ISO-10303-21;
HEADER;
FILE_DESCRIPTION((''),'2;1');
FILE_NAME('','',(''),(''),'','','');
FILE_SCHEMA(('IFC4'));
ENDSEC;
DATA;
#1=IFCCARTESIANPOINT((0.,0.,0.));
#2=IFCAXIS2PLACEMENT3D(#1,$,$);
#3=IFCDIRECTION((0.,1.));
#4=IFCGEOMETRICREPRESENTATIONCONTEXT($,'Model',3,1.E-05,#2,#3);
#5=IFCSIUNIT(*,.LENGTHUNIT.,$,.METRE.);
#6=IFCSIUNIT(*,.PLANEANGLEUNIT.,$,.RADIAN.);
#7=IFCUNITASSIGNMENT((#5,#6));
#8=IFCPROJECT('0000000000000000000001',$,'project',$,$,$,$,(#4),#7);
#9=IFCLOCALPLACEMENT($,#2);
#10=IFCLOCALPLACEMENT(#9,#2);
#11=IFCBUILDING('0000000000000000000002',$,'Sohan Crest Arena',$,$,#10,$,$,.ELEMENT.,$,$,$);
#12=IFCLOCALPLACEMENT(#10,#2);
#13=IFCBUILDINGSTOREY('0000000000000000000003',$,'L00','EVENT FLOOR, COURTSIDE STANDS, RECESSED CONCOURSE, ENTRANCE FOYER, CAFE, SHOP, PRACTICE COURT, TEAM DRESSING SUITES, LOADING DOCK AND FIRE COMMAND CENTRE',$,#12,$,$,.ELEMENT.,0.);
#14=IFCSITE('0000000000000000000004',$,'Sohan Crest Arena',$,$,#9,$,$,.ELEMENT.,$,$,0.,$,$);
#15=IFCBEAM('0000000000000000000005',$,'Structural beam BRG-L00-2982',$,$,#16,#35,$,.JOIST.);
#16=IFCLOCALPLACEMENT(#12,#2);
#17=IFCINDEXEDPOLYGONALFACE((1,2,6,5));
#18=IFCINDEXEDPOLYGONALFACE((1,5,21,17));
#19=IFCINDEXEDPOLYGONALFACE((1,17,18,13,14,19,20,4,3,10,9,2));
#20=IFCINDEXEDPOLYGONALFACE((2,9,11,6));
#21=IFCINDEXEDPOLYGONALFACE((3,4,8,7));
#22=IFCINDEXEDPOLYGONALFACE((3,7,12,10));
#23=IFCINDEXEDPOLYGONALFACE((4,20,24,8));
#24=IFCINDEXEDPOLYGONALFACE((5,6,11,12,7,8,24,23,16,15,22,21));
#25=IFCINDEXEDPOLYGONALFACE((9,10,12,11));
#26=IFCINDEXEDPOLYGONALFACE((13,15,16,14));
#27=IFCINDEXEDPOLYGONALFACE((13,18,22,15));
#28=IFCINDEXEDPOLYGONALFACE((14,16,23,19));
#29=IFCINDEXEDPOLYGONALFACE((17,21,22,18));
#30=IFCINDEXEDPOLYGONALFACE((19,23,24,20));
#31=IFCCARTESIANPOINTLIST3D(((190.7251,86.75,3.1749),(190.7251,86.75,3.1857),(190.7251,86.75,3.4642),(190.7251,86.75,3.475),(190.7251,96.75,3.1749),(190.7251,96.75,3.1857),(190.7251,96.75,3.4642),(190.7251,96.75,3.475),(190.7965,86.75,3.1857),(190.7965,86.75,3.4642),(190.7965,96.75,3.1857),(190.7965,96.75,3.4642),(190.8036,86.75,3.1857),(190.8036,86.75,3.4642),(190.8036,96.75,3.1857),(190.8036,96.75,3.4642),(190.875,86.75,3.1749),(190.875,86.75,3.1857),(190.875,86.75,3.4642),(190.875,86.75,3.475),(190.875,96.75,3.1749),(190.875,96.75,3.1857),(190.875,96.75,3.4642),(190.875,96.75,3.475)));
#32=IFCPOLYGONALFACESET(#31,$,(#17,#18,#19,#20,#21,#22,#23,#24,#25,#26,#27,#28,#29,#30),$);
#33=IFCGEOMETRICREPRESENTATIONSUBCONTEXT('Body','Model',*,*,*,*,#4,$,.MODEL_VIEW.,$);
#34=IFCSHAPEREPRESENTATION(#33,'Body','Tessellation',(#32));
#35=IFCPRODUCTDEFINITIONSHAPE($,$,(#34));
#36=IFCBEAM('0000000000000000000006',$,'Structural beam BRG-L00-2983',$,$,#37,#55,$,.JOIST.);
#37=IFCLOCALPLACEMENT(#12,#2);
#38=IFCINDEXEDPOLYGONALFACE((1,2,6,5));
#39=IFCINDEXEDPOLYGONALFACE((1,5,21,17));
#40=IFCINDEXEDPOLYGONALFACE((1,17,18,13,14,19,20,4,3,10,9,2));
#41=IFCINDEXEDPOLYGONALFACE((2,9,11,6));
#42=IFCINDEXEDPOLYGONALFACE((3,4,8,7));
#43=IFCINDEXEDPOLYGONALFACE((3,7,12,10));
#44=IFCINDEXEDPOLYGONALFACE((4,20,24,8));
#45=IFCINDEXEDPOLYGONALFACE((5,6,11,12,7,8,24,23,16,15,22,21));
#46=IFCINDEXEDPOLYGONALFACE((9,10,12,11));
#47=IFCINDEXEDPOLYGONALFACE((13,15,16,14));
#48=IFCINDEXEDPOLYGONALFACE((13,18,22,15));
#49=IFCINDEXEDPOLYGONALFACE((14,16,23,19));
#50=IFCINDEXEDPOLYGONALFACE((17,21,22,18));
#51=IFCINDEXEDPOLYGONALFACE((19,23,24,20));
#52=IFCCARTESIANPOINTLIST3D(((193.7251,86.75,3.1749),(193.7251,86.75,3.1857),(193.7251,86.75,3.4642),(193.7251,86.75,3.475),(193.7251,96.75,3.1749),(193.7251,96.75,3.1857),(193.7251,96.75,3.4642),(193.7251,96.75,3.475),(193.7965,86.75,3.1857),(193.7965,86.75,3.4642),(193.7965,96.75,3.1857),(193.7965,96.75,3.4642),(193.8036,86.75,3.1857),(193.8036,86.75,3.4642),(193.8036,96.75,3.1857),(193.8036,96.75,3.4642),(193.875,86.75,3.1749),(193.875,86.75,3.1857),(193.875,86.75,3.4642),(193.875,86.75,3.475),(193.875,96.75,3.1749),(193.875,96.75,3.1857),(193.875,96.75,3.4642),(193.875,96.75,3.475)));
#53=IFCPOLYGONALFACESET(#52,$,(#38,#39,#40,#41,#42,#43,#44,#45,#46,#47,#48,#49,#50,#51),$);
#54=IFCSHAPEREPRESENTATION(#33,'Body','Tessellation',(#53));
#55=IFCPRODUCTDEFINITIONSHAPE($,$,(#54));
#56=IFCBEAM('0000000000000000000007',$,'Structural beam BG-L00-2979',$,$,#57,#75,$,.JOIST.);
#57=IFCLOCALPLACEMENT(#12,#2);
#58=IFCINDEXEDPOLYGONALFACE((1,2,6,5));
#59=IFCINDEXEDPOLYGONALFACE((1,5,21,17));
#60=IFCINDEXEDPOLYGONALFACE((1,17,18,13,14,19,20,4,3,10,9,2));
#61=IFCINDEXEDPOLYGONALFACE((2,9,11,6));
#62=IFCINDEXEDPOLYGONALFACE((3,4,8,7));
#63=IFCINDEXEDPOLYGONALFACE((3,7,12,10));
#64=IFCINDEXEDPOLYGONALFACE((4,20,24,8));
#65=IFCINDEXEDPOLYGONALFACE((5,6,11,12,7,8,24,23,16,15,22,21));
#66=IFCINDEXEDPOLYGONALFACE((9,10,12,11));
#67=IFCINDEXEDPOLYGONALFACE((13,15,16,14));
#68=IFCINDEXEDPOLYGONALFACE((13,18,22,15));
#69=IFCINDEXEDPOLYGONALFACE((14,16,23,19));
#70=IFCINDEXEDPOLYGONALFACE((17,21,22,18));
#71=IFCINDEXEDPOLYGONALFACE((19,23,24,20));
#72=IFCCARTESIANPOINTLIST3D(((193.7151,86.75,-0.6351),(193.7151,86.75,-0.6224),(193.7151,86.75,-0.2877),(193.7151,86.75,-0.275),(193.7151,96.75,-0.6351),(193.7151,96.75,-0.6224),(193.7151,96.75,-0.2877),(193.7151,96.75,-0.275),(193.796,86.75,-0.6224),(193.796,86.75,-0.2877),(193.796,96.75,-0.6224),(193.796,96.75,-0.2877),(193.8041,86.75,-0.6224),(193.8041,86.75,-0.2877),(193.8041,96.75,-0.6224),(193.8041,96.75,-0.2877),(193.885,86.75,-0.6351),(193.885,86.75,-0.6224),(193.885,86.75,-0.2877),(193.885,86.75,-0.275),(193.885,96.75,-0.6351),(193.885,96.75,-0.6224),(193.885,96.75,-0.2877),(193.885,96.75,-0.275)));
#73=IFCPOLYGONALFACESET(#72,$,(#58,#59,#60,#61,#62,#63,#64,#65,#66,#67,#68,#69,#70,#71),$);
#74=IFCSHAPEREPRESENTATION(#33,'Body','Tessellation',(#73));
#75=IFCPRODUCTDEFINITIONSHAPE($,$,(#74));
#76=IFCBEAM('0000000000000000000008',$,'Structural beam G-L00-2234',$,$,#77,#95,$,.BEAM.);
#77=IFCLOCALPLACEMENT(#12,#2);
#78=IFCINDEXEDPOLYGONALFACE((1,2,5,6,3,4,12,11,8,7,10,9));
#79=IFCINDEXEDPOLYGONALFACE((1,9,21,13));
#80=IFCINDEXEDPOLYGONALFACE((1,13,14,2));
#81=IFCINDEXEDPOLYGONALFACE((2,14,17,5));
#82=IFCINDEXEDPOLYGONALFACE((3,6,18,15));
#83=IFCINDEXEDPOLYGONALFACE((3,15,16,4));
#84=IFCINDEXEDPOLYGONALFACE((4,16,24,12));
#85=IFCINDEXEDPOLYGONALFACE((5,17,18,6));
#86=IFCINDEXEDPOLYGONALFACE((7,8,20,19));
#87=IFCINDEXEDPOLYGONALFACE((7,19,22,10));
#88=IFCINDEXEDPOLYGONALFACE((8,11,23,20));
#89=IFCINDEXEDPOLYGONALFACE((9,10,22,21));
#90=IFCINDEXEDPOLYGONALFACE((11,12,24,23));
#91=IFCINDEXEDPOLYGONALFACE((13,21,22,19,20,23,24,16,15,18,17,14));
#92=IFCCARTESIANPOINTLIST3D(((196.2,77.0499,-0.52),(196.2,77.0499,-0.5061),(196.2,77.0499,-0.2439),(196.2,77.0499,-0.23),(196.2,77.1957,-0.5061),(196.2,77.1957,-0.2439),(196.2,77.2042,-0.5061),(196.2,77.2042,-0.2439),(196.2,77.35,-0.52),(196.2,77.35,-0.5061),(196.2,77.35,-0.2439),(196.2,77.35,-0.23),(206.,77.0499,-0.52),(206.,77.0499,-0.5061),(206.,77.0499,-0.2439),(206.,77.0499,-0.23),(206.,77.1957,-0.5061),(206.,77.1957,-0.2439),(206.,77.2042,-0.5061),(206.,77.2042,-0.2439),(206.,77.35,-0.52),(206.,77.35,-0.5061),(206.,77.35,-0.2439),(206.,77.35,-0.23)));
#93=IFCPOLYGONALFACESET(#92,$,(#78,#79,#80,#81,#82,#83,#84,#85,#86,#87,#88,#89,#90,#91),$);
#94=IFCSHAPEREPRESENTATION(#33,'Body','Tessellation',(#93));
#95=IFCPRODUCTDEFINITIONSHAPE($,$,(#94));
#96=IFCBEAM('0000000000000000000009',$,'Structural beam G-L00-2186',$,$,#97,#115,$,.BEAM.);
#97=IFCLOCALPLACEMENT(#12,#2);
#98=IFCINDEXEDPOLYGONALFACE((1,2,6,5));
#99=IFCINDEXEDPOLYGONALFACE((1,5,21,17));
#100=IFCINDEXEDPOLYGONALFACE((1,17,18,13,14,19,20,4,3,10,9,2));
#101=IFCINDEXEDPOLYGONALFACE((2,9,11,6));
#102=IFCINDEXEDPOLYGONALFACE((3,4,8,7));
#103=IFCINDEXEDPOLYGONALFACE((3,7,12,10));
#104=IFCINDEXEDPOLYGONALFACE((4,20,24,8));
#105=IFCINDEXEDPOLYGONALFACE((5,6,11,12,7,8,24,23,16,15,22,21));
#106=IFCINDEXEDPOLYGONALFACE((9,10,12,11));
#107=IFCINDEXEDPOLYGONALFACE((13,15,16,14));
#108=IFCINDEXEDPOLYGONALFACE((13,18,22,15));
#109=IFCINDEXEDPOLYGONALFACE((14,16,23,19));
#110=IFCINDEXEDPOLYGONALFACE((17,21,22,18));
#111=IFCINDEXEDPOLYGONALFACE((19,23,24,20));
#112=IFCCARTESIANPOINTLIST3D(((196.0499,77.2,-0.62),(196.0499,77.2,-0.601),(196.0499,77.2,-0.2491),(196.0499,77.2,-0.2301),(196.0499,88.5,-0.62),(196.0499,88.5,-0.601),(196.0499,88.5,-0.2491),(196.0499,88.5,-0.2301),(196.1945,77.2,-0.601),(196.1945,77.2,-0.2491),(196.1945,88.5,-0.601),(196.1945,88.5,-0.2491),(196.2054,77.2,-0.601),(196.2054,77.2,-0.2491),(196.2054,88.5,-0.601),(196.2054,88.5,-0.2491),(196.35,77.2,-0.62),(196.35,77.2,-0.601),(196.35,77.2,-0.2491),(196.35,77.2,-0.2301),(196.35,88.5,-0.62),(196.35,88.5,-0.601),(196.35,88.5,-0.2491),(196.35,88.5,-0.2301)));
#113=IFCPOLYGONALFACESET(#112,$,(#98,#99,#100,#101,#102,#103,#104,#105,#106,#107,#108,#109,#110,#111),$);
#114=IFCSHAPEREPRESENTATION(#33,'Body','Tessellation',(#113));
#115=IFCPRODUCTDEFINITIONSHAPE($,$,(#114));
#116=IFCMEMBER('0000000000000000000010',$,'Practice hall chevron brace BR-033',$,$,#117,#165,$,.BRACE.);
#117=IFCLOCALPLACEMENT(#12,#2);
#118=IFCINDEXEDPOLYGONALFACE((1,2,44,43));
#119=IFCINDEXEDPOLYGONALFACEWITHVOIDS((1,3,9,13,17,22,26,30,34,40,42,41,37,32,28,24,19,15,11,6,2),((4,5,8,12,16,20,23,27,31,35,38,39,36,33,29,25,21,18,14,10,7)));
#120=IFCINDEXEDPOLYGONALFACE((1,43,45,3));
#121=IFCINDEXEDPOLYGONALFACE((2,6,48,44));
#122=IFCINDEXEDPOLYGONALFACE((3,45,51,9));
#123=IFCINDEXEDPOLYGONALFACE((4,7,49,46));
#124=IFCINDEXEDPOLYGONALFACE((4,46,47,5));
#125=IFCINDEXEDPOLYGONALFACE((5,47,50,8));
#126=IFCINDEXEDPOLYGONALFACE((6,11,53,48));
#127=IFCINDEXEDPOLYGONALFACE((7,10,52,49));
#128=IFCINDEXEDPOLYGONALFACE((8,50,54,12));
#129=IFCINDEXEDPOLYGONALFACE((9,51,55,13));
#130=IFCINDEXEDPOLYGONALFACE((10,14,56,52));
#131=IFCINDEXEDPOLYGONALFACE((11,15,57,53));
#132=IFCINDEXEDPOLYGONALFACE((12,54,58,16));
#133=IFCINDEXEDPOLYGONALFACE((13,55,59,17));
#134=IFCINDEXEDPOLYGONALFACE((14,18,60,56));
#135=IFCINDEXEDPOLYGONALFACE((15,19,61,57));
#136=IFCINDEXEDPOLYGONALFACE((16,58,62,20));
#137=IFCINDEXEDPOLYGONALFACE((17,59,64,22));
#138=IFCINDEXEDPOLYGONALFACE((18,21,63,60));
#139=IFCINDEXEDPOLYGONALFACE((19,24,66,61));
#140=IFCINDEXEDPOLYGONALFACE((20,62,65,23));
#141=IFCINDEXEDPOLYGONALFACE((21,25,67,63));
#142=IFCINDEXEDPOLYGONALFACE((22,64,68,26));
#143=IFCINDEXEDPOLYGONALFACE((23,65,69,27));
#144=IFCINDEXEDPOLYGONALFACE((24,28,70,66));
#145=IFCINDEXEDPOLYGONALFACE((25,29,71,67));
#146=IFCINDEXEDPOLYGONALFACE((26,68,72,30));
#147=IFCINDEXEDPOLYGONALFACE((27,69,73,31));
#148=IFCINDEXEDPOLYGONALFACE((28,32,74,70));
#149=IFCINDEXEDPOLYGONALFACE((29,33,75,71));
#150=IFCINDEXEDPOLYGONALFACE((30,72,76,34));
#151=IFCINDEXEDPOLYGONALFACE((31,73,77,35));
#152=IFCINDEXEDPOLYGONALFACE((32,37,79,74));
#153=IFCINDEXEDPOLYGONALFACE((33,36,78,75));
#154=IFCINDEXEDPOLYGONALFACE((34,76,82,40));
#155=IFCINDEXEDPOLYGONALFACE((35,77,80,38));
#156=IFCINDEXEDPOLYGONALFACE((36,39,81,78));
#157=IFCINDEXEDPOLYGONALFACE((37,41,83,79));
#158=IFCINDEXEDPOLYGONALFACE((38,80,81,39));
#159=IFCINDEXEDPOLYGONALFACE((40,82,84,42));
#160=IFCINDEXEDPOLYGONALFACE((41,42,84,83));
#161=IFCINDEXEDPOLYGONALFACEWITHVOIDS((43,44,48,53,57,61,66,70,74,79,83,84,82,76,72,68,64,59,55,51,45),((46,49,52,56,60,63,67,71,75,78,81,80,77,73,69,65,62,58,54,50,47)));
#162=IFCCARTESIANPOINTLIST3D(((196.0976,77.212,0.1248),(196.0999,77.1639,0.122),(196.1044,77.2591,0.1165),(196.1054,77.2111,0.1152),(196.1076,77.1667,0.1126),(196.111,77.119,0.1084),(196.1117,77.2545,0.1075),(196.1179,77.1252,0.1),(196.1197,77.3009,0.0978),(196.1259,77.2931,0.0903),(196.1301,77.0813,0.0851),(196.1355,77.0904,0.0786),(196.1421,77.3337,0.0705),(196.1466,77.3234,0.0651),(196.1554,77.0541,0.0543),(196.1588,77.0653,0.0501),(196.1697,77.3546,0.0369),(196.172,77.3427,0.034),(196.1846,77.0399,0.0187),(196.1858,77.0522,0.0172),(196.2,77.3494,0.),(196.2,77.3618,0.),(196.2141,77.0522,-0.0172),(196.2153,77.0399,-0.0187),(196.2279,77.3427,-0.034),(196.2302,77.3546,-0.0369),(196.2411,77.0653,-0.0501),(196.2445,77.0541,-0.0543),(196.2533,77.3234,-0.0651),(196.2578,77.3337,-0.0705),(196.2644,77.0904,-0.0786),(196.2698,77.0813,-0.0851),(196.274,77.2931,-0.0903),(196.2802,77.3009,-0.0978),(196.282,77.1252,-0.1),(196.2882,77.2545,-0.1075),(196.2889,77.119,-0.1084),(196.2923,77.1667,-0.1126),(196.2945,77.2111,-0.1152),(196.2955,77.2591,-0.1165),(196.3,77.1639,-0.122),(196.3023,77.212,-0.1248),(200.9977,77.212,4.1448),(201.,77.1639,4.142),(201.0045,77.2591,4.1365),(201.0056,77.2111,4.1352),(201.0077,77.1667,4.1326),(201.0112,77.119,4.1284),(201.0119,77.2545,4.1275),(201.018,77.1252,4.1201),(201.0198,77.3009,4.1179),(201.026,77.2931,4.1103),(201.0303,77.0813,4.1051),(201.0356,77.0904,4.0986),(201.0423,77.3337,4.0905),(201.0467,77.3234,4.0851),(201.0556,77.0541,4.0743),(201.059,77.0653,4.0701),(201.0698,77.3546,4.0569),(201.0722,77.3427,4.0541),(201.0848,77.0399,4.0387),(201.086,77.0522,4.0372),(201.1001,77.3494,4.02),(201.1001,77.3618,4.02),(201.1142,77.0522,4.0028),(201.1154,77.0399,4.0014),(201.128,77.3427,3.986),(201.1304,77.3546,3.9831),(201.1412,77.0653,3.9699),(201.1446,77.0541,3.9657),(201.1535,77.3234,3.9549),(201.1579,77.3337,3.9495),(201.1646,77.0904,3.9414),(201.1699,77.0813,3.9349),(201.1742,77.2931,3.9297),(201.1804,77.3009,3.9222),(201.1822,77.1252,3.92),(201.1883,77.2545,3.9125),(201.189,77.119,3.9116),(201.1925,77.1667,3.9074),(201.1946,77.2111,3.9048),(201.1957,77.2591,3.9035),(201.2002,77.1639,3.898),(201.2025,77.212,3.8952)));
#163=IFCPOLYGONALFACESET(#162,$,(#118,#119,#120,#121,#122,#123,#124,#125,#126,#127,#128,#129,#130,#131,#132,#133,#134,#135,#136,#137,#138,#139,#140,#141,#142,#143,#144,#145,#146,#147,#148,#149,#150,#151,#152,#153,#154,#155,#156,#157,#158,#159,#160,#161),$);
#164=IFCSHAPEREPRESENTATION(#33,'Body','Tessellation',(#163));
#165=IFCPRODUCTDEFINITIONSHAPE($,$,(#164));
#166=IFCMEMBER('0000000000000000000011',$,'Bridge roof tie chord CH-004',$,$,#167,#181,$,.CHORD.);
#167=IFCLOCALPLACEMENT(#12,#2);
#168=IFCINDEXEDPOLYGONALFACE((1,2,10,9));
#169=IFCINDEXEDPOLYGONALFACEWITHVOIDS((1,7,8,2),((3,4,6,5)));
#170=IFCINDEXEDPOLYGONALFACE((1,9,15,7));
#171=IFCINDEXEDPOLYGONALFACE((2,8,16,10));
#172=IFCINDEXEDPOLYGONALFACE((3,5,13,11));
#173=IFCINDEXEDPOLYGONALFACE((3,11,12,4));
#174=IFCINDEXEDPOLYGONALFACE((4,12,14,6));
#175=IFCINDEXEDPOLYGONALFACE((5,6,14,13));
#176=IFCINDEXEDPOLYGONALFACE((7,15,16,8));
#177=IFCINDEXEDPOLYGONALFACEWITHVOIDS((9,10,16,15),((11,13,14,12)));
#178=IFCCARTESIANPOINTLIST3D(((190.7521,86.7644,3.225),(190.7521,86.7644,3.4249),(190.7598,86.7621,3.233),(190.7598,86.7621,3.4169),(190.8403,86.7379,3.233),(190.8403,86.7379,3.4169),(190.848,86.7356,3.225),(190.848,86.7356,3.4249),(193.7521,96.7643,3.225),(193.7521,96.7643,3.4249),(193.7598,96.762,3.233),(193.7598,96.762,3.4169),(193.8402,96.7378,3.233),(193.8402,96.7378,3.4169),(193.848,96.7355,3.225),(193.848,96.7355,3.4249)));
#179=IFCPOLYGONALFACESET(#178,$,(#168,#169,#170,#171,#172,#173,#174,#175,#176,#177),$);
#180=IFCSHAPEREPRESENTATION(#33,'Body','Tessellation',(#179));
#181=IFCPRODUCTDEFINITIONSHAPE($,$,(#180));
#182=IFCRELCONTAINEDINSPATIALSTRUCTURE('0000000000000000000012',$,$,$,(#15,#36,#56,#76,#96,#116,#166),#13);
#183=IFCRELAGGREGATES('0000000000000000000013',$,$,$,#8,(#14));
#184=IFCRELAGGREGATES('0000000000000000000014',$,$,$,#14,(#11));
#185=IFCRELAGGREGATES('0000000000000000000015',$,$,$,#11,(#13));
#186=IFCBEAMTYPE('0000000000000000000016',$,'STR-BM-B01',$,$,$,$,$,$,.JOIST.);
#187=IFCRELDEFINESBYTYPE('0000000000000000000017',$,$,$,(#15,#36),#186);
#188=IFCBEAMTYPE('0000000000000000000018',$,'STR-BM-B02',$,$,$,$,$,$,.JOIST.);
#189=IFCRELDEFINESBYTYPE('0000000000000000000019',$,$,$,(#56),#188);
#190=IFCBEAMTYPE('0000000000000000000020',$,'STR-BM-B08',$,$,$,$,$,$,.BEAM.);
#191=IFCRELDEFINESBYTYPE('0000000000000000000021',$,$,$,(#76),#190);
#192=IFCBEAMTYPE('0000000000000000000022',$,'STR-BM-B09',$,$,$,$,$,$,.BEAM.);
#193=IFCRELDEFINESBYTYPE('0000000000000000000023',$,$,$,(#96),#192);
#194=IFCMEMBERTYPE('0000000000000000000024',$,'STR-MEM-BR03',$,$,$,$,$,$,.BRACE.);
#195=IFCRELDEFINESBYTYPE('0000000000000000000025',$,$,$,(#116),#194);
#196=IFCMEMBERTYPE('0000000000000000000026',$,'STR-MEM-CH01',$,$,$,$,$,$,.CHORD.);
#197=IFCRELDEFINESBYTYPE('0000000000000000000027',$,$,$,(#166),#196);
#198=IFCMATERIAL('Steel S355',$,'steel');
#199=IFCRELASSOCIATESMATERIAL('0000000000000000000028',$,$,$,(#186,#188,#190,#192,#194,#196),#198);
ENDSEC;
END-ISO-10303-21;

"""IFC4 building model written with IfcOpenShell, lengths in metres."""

from ifc_helpers import new_model, si_unit, direction, frame, origin, origin_2d, place, context, subcontext, project, spatial, hollow_rectangle, hollow_circle, i_section, extrude, material, material_profile, profile_set, type_object, element, save


model = new_model("IFC4")

# Units and contexts
model_context = context("Model", 3, precision=1e-05, world=origin(), true_north=direction((0.0, 1.0)))
body_context = subcontext(model_context, "Body", "Model", "MODEL_VIEW")
ifc_project = project(units=[si_unit("LENGTHUNIT", "METRE"), si_unit("PLANEANGLEUNIT", "RADIAN")], contexts=[model_context])

# Site, building, storey
site_placement = place(None, origin())
site = spatial("IfcSite", under=ifc_project, at=site_placement, Name="Sohan Crest Arena", CompositionType="ELEMENT", RefElevation=0.0)
building_placement = place(site_placement, origin())
building = spatial("IfcBuilding", under=site, at=building_placement, Name="Sohan Crest Arena", CompositionType="ELEMENT")
storey_placement = place(building_placement, origin())
storey = spatial("IfcBuildingStorey", under=building, at=storey_placement, Name="L00", Description="EVENT FLOOR, COURTSIDE STANDS, RECESSED CONCOURSE, ENTRANCE FOYER, CAFE, SHOP, PRACTICE COURT, TEAM DRESSING SUITES, LOADING DOCK AND FIRE COMMAND CENTRE", CompositionType="ELEMENT", Elevation=0.0)

# Shared definitions
ifc_material_1 = material(Name="Steel S355", Category="steel")

# Beams
ifc_material_profile_1 = material_profile(ifc_material_1, i_section(OverallWidth=0.1499, OverallDepth=0.3, WebThickness=0.0071, FlangeThickness=0.0107, at=origin_2d()), Name="IPE 300")
ifc_profile_set_1 = profile_set([ifc_material_profile_1], Name="Steel S355")
beam_type_1 = type_object("IfcBeamType", Name="STR-BM-B01", PredefinedType="JOIST", material=ifc_profile_set_1)
for number, where, z_axis, x_axis, name in (
    (1, (190.8, 86.75, 3.325), (0.0, 1.0, 0.0), (-1.0, 0.0, 0.0), "Structural beam BRG-L00-2982"),
    (2, (193.8, 86.75, 3.325), (0.0, 1.0, 0.0), (-1.0, 0.0, 0.0), "Structural beam BRG-L00-2983"),
):
    element("IfcBeam", number, at=place(storey_placement, frame(where, z_axis=z_axis, x_axis=x_axis)), inside=storey, type_object=beam_type_1, Name=name, PredefinedType="JOIST", context=body_context, shape_type="SweptSolid", body=[
        extrude(i_section(OverallWidth=0.1499, OverallDepth=0.3, WebThickness=0.0071, FlangeThickness=0.0107, at=origin_2d()), origin(), (0.0, 0.0, 1.0), 10.0),
    ])
ifc_material_profile_2 = material_profile(ifc_material_1, i_section(OverallWidth=0.1699, OverallDepth=0.3601, WebThickness=0.0081, FlangeThickness=0.0127, at=origin_2d()), Name="IPE 360")
ifc_profile_set_2 = profile_set([ifc_material_profile_2], Name="Steel S355")
beam_type_2 = type_object("IfcBeamType", Name="STR-BM-B02", PredefinedType="JOIST", material=ifc_profile_set_2)
beam_1_placement = place(storey_placement, frame((193.8, 86.75, -0.4551), z_axis=(0.0, 1.0, 0.0), x_axis=(-1.0, 0.0, 0.0)))
element("IfcBeam", 3, at=beam_1_placement, inside=storey, type_object=beam_type_2, Name="Structural beam BG-L00-2979", PredefinedType="JOIST", context=body_context, shape_type="SweptSolid", body=[
    extrude(i_section(OverallWidth=0.1699, OverallDepth=0.3601, WebThickness=0.0081, FlangeThickness=0.0127, at=origin_2d()), origin(), (0.0, 0.0, 1.0), 10.0),
])
ifc_material_profile_3 = material_profile(ifc_material_1, i_section(OverallWidth=0.3, OverallDepth=0.29, WebThickness=0.0085, FlangeThickness=0.0139, at=origin_2d()), Name="HEA 300")
ifc_profile_set_3 = profile_set([ifc_material_profile_3], Name="Steel S355")
beam_type_3 = type_object("IfcBeamType", Name="STR-BM-B08", PredefinedType="BEAM", material=ifc_profile_set_3)
beam_2_placement = place(storey_placement, frame((196.2, 77.2, -0.375), z_axis=(1.0, 0.0, 0.0), x_axis=(0.0, 1.0, 0.0)))
element("IfcBeam", 4, at=beam_2_placement, inside=storey, type_object=beam_type_3, Name="Structural beam G-L00-2234", PredefinedType="BEAM", context=body_context, shape_type="SweptSolid", body=[
    extrude(i_section(OverallWidth=0.3, OverallDepth=0.29, WebThickness=0.0085, FlangeThickness=0.0139, at=origin_2d()), origin(), (0.0, 0.0, 1.0), 9.8),
])
ifc_material_profile_4 = material_profile(ifc_material_1, i_section(OverallWidth=0.3, OverallDepth=0.3899, WebThickness=0.011, FlangeThickness=0.019, at=origin_2d()), Name="HEA 400")
ifc_profile_set_4 = profile_set([ifc_material_profile_4], Name="Steel S355")
beam_type_4 = type_object("IfcBeamType", Name="STR-BM-B09", PredefinedType="BEAM", material=ifc_profile_set_4)
beam_3_placement = place(storey_placement, frame((196.2, 77.2, -0.425), z_axis=(0.0, 1.0, 0.0), x_axis=(-1.0, 0.0, 0.0)))
element("IfcBeam", 5, at=beam_3_placement, inside=storey, type_object=beam_type_4, Name="Structural beam G-L00-2186", PredefinedType="BEAM", context=body_context, shape_type="SweptSolid", body=[
    extrude(i_section(OverallWidth=0.3, OverallDepth=0.3899, WebThickness=0.011, FlangeThickness=0.019, at=origin_2d()), origin(), (0.0, 0.0, 1.0), 11.3),
])

# Members
ifc_material_profile_5 = material_profile(ifc_material_1, hollow_circle(Radius=0.1619, WallThickness=0.0125, at=origin_2d()), Name="CHS 323.9x12.5")
ifc_profile_set_5 = profile_set([ifc_material_profile_5], Name="Steel S355")
member_type_1 = type_object("IfcMemberType", Name="STR-MEM-BR03", PredefinedType="BRACE", material=ifc_profile_set_5)
member_1_placement = place(storey_placement, frame((196.2, 77.2, 0.0), z_axis=(0.773121, 0.0, 0.634259), x_axis=(0.0, 1.0, 0.0)))
element("IfcMember", 6, at=member_1_placement, inside=storey, type_object=member_type_1, Name="Practice hall chevron brace BR-033", PredefinedType="BRACE", context=body_context, shape_type="SweptSolid", body=[
    extrude(hollow_circle(Radius=0.1619, WallThickness=0.0125, at=origin_2d()), origin(), (0.0, 0.0, 1.0), 6.3381),
])
ifc_material_profile_6 = material_profile(ifc_material_1, hollow_rectangle(XDim=0.1001, YDim=0.2, WallThickness=0.0081, at=origin_2d()), Name="RHS 200x100x8")
ifc_profile_set_6 = profile_set([ifc_material_profile_6], Name="Steel S355")
member_type_2 = type_object("IfcMemberType", Name="STR-MEM-CH01", PredefinedType="CHORD", material=ifc_profile_set_6)
member_2_placement = place(storey_placement, frame((190.8, 86.75, 3.325), z_axis=(0.287348, 0.957826, 0.0), x_axis=(-0.957826, 0.287348, 0.0)))
element("IfcMember", 7, at=member_2_placement, inside=storey, type_object=member_type_2, Name="Bridge roof tie chord CH-004", PredefinedType="CHORD", context=body_context, shape_type="SweptSolid", body=[
    extrude(hollow_rectangle(XDim=0.1001, YDim=0.2, WallThickness=0.0081, at=origin_2d()), origin(), (0.0, 0.0, 1.0), 10.4402),
])

save(model, "model.ifc")
